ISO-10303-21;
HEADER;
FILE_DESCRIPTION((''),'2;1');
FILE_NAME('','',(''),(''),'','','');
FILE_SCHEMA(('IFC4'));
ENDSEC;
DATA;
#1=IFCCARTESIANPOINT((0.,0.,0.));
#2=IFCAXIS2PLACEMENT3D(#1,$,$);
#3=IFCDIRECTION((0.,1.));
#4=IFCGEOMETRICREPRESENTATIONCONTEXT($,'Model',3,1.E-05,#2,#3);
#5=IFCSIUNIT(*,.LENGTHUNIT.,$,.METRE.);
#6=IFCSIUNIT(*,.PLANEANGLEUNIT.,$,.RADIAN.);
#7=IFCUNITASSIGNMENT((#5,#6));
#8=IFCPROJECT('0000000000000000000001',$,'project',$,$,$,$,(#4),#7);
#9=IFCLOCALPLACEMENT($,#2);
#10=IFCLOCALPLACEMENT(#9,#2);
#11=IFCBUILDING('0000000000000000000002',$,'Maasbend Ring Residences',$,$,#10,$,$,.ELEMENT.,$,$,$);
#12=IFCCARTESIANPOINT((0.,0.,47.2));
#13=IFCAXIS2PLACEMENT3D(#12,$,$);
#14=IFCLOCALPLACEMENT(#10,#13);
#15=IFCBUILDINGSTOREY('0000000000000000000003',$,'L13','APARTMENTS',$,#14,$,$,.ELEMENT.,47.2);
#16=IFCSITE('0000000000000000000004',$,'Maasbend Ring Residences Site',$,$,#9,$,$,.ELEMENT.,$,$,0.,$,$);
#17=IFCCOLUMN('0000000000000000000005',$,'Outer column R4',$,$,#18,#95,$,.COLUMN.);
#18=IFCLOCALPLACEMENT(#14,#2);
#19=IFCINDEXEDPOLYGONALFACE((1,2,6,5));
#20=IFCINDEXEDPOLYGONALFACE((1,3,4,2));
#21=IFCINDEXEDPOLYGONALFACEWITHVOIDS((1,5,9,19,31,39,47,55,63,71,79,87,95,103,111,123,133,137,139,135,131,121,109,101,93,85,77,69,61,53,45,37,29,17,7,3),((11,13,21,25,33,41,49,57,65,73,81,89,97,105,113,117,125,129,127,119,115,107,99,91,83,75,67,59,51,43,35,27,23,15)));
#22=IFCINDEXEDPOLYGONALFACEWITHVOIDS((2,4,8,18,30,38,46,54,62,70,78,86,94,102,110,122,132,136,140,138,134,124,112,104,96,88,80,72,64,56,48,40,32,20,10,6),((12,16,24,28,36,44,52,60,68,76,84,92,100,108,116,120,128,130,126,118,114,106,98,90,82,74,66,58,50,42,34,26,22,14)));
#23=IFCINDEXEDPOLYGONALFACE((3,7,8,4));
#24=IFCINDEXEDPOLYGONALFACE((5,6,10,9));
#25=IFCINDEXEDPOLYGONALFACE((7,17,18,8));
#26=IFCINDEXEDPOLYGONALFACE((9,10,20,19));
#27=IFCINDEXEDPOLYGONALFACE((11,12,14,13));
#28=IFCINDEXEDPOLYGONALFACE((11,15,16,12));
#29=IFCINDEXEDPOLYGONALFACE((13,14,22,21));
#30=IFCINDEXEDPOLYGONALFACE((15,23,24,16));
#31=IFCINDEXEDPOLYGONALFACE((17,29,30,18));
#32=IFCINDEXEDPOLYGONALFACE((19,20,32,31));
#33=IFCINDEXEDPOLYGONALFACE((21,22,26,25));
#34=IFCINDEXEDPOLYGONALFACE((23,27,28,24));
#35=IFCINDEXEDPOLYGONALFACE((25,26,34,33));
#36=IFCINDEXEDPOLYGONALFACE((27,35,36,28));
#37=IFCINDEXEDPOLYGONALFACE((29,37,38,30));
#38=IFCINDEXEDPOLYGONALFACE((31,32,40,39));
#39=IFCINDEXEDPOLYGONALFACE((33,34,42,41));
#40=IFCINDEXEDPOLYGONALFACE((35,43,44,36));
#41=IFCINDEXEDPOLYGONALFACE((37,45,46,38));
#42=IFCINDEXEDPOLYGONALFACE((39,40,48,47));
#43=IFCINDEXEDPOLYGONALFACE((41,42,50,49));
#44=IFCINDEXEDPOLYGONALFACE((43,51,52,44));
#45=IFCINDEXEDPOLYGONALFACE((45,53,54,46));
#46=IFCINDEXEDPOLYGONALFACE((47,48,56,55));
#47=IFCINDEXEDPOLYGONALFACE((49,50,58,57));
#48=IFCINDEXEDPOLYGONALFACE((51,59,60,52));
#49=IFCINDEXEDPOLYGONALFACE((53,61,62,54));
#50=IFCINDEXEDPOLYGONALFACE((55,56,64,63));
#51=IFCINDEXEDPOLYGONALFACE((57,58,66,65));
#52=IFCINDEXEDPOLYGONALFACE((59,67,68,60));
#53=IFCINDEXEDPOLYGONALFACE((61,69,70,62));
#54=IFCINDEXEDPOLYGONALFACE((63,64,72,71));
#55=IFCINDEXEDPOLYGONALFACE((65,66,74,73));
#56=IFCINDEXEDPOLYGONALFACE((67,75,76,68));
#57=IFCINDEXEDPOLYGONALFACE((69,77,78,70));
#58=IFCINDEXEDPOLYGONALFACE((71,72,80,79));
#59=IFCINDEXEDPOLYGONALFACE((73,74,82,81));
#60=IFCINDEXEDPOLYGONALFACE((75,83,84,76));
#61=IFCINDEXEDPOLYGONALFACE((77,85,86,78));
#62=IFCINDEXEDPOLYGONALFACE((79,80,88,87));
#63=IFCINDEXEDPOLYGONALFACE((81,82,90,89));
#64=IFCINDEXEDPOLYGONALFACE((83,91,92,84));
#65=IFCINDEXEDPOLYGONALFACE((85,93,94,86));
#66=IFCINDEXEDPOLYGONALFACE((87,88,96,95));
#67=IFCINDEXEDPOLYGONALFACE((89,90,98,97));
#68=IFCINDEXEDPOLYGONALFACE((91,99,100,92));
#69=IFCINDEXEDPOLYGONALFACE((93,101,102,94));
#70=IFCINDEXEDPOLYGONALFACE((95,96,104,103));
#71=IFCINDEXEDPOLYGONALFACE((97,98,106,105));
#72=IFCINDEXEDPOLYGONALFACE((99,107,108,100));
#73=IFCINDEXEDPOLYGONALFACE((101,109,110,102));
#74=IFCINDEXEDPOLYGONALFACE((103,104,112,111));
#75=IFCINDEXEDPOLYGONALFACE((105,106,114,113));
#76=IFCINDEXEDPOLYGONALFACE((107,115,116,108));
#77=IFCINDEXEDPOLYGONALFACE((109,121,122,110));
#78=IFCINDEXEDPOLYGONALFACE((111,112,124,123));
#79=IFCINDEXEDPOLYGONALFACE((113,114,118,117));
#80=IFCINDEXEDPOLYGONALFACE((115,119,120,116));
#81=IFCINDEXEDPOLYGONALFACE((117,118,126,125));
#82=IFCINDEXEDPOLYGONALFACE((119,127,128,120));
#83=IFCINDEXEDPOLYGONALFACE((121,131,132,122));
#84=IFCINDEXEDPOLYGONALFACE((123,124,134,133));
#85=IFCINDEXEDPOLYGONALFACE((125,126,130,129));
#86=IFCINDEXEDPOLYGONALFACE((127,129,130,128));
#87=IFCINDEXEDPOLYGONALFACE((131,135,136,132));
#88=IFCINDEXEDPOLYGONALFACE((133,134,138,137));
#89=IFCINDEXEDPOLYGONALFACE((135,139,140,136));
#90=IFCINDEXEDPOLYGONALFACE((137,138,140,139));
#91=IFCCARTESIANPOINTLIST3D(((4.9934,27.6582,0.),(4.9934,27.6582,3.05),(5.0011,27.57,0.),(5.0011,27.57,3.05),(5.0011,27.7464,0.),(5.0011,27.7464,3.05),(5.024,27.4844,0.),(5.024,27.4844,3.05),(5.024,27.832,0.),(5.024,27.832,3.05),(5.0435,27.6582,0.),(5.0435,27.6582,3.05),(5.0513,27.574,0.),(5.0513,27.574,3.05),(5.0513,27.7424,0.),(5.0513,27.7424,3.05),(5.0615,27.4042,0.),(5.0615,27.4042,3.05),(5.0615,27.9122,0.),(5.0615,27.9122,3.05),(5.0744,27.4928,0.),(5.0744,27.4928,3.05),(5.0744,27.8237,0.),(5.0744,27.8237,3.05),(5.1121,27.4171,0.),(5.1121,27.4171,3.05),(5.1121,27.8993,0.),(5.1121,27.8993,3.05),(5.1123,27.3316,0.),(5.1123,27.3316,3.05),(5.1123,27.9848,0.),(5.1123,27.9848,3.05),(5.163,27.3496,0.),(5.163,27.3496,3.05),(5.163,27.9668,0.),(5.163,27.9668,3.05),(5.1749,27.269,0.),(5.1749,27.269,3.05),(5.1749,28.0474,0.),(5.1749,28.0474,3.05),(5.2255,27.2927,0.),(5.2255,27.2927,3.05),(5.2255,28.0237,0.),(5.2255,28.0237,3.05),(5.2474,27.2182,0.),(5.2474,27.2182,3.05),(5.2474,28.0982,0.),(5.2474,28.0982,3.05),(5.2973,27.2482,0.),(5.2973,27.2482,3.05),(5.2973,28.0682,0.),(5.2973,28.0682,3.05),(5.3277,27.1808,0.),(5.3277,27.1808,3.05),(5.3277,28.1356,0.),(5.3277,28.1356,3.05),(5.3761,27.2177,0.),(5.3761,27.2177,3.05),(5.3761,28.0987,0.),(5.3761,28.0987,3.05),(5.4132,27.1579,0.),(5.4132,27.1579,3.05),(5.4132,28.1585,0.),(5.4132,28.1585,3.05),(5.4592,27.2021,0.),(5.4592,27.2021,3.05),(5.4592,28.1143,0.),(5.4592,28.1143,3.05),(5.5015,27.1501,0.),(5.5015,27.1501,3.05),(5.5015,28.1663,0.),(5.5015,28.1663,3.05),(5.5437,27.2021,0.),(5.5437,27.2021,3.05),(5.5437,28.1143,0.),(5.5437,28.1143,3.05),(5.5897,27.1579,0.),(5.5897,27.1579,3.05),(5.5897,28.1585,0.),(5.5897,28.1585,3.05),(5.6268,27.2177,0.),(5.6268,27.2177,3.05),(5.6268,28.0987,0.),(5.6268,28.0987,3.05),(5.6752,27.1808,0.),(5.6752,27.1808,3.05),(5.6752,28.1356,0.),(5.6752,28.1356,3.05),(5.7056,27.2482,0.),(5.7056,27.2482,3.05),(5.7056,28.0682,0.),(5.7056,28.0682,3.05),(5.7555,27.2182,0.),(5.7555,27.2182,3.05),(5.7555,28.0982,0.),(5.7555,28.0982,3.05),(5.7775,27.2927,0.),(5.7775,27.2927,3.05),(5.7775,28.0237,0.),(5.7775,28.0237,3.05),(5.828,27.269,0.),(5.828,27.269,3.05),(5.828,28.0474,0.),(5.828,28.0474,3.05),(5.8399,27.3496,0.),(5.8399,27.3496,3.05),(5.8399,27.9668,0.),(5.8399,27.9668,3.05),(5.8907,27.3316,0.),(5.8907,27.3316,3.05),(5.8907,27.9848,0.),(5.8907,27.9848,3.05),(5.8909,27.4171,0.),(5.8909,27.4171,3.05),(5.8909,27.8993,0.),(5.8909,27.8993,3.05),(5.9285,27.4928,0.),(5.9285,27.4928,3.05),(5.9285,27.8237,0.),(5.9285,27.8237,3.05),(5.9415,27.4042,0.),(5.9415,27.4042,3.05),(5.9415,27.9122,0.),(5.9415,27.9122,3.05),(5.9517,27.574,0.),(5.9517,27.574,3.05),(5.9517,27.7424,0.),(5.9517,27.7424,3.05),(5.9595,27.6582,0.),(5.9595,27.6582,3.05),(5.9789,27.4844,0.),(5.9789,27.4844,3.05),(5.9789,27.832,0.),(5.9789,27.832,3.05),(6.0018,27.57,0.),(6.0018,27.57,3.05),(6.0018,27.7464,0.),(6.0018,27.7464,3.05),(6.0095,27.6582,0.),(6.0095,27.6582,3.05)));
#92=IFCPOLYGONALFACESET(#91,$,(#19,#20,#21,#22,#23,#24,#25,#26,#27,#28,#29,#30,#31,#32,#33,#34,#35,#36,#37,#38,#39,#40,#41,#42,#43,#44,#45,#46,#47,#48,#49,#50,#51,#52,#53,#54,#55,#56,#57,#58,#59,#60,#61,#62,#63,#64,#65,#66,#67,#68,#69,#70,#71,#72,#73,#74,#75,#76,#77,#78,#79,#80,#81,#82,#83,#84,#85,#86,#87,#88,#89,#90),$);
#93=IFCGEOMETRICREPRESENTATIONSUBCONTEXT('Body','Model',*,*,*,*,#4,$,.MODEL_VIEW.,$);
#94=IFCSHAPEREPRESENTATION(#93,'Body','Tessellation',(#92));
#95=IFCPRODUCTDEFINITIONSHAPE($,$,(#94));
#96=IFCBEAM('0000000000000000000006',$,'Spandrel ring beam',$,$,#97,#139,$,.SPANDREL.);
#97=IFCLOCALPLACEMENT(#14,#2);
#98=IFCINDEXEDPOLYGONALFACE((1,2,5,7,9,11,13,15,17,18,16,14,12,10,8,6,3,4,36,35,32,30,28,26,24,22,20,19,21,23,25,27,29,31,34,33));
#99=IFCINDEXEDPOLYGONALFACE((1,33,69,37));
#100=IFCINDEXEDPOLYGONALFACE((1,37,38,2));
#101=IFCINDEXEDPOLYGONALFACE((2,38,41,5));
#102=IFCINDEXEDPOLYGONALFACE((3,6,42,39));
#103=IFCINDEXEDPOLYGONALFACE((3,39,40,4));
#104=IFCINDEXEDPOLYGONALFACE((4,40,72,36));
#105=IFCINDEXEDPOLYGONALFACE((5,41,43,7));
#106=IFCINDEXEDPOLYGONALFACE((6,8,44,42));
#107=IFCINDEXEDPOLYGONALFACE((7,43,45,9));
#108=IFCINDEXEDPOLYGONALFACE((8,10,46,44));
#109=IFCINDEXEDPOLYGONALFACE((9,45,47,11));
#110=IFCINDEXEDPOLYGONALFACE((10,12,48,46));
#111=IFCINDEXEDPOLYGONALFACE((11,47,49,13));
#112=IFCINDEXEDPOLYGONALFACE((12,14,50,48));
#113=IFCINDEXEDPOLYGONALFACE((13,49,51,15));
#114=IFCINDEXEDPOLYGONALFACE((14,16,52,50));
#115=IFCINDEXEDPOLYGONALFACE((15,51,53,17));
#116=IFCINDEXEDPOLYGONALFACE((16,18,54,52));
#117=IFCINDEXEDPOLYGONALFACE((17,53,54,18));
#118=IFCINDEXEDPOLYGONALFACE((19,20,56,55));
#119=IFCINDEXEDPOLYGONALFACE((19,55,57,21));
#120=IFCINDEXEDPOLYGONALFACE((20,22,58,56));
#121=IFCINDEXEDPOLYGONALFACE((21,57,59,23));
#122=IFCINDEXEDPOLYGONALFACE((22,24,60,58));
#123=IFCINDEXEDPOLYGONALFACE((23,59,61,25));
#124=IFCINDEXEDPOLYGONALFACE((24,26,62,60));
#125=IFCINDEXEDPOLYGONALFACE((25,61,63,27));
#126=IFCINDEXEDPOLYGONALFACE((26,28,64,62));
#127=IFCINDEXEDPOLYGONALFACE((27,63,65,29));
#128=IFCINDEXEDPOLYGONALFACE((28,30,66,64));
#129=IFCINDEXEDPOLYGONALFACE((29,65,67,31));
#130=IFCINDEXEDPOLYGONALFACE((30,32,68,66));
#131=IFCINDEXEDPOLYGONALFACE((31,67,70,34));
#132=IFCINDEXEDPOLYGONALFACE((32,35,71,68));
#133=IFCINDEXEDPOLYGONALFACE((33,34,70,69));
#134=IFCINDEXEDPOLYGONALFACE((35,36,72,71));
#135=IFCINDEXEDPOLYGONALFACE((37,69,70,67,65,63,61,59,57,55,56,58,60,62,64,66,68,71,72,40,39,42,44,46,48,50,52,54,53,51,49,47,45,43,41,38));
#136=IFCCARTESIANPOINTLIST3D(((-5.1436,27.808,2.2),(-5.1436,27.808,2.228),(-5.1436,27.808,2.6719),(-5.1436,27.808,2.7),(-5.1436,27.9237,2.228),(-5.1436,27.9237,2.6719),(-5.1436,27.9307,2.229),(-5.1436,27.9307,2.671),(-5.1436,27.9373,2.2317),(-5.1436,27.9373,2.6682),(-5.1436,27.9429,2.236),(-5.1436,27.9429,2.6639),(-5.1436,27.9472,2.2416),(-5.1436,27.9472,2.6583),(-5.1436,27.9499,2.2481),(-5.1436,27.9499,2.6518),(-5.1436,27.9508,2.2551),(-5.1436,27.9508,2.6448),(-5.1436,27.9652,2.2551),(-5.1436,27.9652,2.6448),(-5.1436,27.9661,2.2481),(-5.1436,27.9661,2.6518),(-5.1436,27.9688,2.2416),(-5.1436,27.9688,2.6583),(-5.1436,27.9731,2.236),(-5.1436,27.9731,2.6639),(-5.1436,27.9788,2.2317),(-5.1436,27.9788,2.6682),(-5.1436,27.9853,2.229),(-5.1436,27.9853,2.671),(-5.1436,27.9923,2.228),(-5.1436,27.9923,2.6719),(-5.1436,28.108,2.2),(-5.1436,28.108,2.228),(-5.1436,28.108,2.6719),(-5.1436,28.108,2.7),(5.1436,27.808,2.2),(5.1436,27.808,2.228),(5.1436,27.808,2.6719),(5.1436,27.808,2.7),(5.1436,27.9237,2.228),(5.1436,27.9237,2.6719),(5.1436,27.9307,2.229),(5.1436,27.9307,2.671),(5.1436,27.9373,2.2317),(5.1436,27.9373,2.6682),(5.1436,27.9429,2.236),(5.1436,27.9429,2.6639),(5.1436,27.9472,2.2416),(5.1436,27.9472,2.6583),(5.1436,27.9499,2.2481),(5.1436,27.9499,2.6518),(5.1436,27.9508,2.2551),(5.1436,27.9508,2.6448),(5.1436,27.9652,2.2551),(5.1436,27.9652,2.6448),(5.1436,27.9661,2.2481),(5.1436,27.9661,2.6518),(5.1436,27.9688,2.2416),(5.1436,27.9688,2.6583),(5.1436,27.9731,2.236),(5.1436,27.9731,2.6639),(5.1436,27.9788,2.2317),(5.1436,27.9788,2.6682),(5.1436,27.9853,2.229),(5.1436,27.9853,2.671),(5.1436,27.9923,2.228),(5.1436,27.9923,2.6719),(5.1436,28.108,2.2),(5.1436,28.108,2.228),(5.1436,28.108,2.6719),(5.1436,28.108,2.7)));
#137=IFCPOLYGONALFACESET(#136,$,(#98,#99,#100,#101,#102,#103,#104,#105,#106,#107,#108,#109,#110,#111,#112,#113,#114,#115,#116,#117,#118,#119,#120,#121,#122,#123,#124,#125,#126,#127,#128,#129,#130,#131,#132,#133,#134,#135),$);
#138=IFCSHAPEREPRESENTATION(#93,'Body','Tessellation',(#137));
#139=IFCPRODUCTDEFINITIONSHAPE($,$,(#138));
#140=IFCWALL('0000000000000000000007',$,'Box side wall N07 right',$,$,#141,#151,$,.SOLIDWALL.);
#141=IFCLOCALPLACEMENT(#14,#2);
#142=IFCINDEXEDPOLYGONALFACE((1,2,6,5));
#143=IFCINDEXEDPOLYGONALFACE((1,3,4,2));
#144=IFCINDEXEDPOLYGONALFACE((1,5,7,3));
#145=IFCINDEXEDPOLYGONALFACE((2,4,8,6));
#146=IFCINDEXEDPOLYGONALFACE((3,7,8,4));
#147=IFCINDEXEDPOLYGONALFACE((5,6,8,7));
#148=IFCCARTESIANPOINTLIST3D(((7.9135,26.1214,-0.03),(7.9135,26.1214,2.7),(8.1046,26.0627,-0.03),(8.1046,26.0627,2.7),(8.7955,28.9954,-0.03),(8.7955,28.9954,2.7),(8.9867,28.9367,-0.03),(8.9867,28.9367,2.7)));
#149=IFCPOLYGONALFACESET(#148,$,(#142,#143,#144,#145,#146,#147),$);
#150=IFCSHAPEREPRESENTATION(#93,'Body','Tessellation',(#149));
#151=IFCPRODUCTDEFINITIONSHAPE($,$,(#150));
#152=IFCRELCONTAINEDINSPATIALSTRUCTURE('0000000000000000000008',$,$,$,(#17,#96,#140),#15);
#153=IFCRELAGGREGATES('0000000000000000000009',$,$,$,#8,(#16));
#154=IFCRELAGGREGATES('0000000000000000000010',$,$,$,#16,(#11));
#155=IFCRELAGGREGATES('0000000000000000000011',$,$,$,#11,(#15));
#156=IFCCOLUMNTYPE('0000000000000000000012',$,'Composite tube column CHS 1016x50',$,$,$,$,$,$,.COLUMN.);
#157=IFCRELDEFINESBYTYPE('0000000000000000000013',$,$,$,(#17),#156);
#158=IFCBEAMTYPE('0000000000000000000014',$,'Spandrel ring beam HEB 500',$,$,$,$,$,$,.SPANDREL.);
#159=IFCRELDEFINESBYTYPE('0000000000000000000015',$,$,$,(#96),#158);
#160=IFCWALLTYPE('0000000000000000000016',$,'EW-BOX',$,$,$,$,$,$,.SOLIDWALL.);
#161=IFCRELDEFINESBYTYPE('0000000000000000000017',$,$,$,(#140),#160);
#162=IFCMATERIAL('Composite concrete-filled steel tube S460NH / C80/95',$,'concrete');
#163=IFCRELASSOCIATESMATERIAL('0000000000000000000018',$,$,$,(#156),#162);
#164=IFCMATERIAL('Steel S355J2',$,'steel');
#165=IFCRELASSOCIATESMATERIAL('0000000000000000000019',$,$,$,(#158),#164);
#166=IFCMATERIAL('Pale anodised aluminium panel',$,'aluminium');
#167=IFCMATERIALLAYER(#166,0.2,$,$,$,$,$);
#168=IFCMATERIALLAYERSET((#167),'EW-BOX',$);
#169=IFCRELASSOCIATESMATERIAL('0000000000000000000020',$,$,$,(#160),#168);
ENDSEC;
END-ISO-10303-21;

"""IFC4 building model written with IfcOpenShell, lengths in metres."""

from ifc_helpers import new_model, si_unit, direction, frame, frame_2d, origin, origin_2d, place, context, subcontext, project, spatial, rectangle, hollow_circle, i_section, extrude, material, layer, layer_set, material_profile, profile_set, type_object, element, save


model = new_model("IFC4")

# Units and contexts
model_context = context("Model", 3, precision=1e-05, world=origin(), true_north=direction((0.0, 1.0)))
body_context = subcontext(model_context, "Body", "Model", "MODEL_VIEW")
ifc_project = project(units=[si_unit("LENGTHUNIT", "METRE"), si_unit("PLANEANGLEUNIT", "RADIAN")], contexts=[model_context])

# Site, building, storey
site_placement = place(None, origin())
site = spatial("IfcSite", under=ifc_project, at=site_placement, Name="Maasbend Ring Residences Site", CompositionType="ELEMENT", RefElevation=0.0)
building_placement = place(site_placement, origin())
building = spatial("IfcBuilding", under=site, at=building_placement, Name="Maasbend Ring Residences", CompositionType="ELEMENT")
storey_placement = place(building_placement, frame((0.0, 0.0, 47.2)))
storey = spatial("IfcBuildingStorey", under=building, at=storey_placement, Name="L13", Description="APARTMENTS", CompositionType="ELEMENT", Elevation=47.2)

# Column
ifc_material_1 = material(Name="Composite concrete-filled steel tube S460NH / C80/95", Category="concrete")
ifc_material_profile_1 = material_profile(ifc_material_1, hollow_circle(Radius=0.5081, WallThickness=0.05, at=origin_2d()), Name="Composite tube column CHS 1016x50")
ifc_profile_set_1 = profile_set([ifc_material_profile_1], Name="Composite concrete-filled steel tube S460NH / C80/95")
column_type = type_object("IfcColumnType", Name="Composite tube column CHS 1016x50", PredefinedType="COLUMN", material=ifc_profile_set_1)
column_placement = place(storey_placement, frame((5.5015, 27.6582, 0.0), z_axis=(0.0, 0.0, 1.0), x_axis=(1.0, 0.0, 0.0)))
element("IfcColumn", 1, at=column_placement, inside=storey, type_object=column_type, Name="Outer column R4", PredefinedType="COLUMN", context=body_context, shape_type="SweptSolid", body=[
    extrude(hollow_circle(Radius=0.5081, WallThickness=0.05, at=origin_2d()), origin(), (0.0, 0.0, 1.0), 3.05),
])

# Beam
ifc_material_2 = material(Name="Steel S355J2", Category="steel")
ifc_material_profile_2 = material_profile(ifc_material_2, i_section(OverallWidth=0.3, OverallDepth=0.5, WebThickness=0.0144, FlangeThickness=0.0281, FilletRadius=0.0271, at=origin_2d()), Name="HEB 500")
ifc_profile_set_2 = profile_set([ifc_material_profile_2], Name="Steel S355J2")
beam_type = type_object("IfcBeamType", Name="Spandrel ring beam HEB 500", PredefinedType="SPANDREL", material=ifc_profile_set_2)
beam_placement = place(storey_placement, frame((5.1436, 27.958, 2.45), z_axis=(-1.0, 0.0, 0.0), x_axis=(0.0, -1.0, 0.0)))
element("IfcBeam", 2, at=beam_placement, inside=storey, type_object=beam_type, Name="Spandrel ring beam", PredefinedType="SPANDREL", context=body_context, shape_type="SweptSolid", body=[
    extrude(i_section(OverallWidth=0.3, OverallDepth=0.5, WebThickness=0.0144, FlangeThickness=0.0281, FilletRadius=0.0271, at=origin_2d()), origin(), (0.0, 0.0, 1.0), 10.2871),
])

# Wall
ifc_material_3 = material(Name="Pale anodised aluminium panel", Category="aluminium")
ifc_layer_1 = layer(ifc_material_3, 0.2)
ifc_layer_set_1 = layer_set([ifc_layer_1], Name="EW-BOX")
wall_type_1 = type_object("IfcWallType", Name="EW-BOX", PredefinedType="SOLIDWALL", material=ifc_layer_set_1)
wall_1_placement = place(storey_placement, frame((8.009, 26.092, -0.03), z_axis=(0.0, 0.0, 1.0), x_axis=(0.293407, 0.955988, 0.0)))
element("IfcWall", 3, at=wall_1_placement, inside=storey, type_object=wall_type_1, Name="Box side wall N07 right", PredefinedType="SOLIDWALL", context=body_context, shape_type="SweptSolid", body=[
    extrude(rectangle(XDim=3.0063, YDim=0.2, at=frame_2d((1.5032, 0.0))), origin(), (0.0, 0.0, 1.0), 2.73),
])

save(model, "model.ifc")
